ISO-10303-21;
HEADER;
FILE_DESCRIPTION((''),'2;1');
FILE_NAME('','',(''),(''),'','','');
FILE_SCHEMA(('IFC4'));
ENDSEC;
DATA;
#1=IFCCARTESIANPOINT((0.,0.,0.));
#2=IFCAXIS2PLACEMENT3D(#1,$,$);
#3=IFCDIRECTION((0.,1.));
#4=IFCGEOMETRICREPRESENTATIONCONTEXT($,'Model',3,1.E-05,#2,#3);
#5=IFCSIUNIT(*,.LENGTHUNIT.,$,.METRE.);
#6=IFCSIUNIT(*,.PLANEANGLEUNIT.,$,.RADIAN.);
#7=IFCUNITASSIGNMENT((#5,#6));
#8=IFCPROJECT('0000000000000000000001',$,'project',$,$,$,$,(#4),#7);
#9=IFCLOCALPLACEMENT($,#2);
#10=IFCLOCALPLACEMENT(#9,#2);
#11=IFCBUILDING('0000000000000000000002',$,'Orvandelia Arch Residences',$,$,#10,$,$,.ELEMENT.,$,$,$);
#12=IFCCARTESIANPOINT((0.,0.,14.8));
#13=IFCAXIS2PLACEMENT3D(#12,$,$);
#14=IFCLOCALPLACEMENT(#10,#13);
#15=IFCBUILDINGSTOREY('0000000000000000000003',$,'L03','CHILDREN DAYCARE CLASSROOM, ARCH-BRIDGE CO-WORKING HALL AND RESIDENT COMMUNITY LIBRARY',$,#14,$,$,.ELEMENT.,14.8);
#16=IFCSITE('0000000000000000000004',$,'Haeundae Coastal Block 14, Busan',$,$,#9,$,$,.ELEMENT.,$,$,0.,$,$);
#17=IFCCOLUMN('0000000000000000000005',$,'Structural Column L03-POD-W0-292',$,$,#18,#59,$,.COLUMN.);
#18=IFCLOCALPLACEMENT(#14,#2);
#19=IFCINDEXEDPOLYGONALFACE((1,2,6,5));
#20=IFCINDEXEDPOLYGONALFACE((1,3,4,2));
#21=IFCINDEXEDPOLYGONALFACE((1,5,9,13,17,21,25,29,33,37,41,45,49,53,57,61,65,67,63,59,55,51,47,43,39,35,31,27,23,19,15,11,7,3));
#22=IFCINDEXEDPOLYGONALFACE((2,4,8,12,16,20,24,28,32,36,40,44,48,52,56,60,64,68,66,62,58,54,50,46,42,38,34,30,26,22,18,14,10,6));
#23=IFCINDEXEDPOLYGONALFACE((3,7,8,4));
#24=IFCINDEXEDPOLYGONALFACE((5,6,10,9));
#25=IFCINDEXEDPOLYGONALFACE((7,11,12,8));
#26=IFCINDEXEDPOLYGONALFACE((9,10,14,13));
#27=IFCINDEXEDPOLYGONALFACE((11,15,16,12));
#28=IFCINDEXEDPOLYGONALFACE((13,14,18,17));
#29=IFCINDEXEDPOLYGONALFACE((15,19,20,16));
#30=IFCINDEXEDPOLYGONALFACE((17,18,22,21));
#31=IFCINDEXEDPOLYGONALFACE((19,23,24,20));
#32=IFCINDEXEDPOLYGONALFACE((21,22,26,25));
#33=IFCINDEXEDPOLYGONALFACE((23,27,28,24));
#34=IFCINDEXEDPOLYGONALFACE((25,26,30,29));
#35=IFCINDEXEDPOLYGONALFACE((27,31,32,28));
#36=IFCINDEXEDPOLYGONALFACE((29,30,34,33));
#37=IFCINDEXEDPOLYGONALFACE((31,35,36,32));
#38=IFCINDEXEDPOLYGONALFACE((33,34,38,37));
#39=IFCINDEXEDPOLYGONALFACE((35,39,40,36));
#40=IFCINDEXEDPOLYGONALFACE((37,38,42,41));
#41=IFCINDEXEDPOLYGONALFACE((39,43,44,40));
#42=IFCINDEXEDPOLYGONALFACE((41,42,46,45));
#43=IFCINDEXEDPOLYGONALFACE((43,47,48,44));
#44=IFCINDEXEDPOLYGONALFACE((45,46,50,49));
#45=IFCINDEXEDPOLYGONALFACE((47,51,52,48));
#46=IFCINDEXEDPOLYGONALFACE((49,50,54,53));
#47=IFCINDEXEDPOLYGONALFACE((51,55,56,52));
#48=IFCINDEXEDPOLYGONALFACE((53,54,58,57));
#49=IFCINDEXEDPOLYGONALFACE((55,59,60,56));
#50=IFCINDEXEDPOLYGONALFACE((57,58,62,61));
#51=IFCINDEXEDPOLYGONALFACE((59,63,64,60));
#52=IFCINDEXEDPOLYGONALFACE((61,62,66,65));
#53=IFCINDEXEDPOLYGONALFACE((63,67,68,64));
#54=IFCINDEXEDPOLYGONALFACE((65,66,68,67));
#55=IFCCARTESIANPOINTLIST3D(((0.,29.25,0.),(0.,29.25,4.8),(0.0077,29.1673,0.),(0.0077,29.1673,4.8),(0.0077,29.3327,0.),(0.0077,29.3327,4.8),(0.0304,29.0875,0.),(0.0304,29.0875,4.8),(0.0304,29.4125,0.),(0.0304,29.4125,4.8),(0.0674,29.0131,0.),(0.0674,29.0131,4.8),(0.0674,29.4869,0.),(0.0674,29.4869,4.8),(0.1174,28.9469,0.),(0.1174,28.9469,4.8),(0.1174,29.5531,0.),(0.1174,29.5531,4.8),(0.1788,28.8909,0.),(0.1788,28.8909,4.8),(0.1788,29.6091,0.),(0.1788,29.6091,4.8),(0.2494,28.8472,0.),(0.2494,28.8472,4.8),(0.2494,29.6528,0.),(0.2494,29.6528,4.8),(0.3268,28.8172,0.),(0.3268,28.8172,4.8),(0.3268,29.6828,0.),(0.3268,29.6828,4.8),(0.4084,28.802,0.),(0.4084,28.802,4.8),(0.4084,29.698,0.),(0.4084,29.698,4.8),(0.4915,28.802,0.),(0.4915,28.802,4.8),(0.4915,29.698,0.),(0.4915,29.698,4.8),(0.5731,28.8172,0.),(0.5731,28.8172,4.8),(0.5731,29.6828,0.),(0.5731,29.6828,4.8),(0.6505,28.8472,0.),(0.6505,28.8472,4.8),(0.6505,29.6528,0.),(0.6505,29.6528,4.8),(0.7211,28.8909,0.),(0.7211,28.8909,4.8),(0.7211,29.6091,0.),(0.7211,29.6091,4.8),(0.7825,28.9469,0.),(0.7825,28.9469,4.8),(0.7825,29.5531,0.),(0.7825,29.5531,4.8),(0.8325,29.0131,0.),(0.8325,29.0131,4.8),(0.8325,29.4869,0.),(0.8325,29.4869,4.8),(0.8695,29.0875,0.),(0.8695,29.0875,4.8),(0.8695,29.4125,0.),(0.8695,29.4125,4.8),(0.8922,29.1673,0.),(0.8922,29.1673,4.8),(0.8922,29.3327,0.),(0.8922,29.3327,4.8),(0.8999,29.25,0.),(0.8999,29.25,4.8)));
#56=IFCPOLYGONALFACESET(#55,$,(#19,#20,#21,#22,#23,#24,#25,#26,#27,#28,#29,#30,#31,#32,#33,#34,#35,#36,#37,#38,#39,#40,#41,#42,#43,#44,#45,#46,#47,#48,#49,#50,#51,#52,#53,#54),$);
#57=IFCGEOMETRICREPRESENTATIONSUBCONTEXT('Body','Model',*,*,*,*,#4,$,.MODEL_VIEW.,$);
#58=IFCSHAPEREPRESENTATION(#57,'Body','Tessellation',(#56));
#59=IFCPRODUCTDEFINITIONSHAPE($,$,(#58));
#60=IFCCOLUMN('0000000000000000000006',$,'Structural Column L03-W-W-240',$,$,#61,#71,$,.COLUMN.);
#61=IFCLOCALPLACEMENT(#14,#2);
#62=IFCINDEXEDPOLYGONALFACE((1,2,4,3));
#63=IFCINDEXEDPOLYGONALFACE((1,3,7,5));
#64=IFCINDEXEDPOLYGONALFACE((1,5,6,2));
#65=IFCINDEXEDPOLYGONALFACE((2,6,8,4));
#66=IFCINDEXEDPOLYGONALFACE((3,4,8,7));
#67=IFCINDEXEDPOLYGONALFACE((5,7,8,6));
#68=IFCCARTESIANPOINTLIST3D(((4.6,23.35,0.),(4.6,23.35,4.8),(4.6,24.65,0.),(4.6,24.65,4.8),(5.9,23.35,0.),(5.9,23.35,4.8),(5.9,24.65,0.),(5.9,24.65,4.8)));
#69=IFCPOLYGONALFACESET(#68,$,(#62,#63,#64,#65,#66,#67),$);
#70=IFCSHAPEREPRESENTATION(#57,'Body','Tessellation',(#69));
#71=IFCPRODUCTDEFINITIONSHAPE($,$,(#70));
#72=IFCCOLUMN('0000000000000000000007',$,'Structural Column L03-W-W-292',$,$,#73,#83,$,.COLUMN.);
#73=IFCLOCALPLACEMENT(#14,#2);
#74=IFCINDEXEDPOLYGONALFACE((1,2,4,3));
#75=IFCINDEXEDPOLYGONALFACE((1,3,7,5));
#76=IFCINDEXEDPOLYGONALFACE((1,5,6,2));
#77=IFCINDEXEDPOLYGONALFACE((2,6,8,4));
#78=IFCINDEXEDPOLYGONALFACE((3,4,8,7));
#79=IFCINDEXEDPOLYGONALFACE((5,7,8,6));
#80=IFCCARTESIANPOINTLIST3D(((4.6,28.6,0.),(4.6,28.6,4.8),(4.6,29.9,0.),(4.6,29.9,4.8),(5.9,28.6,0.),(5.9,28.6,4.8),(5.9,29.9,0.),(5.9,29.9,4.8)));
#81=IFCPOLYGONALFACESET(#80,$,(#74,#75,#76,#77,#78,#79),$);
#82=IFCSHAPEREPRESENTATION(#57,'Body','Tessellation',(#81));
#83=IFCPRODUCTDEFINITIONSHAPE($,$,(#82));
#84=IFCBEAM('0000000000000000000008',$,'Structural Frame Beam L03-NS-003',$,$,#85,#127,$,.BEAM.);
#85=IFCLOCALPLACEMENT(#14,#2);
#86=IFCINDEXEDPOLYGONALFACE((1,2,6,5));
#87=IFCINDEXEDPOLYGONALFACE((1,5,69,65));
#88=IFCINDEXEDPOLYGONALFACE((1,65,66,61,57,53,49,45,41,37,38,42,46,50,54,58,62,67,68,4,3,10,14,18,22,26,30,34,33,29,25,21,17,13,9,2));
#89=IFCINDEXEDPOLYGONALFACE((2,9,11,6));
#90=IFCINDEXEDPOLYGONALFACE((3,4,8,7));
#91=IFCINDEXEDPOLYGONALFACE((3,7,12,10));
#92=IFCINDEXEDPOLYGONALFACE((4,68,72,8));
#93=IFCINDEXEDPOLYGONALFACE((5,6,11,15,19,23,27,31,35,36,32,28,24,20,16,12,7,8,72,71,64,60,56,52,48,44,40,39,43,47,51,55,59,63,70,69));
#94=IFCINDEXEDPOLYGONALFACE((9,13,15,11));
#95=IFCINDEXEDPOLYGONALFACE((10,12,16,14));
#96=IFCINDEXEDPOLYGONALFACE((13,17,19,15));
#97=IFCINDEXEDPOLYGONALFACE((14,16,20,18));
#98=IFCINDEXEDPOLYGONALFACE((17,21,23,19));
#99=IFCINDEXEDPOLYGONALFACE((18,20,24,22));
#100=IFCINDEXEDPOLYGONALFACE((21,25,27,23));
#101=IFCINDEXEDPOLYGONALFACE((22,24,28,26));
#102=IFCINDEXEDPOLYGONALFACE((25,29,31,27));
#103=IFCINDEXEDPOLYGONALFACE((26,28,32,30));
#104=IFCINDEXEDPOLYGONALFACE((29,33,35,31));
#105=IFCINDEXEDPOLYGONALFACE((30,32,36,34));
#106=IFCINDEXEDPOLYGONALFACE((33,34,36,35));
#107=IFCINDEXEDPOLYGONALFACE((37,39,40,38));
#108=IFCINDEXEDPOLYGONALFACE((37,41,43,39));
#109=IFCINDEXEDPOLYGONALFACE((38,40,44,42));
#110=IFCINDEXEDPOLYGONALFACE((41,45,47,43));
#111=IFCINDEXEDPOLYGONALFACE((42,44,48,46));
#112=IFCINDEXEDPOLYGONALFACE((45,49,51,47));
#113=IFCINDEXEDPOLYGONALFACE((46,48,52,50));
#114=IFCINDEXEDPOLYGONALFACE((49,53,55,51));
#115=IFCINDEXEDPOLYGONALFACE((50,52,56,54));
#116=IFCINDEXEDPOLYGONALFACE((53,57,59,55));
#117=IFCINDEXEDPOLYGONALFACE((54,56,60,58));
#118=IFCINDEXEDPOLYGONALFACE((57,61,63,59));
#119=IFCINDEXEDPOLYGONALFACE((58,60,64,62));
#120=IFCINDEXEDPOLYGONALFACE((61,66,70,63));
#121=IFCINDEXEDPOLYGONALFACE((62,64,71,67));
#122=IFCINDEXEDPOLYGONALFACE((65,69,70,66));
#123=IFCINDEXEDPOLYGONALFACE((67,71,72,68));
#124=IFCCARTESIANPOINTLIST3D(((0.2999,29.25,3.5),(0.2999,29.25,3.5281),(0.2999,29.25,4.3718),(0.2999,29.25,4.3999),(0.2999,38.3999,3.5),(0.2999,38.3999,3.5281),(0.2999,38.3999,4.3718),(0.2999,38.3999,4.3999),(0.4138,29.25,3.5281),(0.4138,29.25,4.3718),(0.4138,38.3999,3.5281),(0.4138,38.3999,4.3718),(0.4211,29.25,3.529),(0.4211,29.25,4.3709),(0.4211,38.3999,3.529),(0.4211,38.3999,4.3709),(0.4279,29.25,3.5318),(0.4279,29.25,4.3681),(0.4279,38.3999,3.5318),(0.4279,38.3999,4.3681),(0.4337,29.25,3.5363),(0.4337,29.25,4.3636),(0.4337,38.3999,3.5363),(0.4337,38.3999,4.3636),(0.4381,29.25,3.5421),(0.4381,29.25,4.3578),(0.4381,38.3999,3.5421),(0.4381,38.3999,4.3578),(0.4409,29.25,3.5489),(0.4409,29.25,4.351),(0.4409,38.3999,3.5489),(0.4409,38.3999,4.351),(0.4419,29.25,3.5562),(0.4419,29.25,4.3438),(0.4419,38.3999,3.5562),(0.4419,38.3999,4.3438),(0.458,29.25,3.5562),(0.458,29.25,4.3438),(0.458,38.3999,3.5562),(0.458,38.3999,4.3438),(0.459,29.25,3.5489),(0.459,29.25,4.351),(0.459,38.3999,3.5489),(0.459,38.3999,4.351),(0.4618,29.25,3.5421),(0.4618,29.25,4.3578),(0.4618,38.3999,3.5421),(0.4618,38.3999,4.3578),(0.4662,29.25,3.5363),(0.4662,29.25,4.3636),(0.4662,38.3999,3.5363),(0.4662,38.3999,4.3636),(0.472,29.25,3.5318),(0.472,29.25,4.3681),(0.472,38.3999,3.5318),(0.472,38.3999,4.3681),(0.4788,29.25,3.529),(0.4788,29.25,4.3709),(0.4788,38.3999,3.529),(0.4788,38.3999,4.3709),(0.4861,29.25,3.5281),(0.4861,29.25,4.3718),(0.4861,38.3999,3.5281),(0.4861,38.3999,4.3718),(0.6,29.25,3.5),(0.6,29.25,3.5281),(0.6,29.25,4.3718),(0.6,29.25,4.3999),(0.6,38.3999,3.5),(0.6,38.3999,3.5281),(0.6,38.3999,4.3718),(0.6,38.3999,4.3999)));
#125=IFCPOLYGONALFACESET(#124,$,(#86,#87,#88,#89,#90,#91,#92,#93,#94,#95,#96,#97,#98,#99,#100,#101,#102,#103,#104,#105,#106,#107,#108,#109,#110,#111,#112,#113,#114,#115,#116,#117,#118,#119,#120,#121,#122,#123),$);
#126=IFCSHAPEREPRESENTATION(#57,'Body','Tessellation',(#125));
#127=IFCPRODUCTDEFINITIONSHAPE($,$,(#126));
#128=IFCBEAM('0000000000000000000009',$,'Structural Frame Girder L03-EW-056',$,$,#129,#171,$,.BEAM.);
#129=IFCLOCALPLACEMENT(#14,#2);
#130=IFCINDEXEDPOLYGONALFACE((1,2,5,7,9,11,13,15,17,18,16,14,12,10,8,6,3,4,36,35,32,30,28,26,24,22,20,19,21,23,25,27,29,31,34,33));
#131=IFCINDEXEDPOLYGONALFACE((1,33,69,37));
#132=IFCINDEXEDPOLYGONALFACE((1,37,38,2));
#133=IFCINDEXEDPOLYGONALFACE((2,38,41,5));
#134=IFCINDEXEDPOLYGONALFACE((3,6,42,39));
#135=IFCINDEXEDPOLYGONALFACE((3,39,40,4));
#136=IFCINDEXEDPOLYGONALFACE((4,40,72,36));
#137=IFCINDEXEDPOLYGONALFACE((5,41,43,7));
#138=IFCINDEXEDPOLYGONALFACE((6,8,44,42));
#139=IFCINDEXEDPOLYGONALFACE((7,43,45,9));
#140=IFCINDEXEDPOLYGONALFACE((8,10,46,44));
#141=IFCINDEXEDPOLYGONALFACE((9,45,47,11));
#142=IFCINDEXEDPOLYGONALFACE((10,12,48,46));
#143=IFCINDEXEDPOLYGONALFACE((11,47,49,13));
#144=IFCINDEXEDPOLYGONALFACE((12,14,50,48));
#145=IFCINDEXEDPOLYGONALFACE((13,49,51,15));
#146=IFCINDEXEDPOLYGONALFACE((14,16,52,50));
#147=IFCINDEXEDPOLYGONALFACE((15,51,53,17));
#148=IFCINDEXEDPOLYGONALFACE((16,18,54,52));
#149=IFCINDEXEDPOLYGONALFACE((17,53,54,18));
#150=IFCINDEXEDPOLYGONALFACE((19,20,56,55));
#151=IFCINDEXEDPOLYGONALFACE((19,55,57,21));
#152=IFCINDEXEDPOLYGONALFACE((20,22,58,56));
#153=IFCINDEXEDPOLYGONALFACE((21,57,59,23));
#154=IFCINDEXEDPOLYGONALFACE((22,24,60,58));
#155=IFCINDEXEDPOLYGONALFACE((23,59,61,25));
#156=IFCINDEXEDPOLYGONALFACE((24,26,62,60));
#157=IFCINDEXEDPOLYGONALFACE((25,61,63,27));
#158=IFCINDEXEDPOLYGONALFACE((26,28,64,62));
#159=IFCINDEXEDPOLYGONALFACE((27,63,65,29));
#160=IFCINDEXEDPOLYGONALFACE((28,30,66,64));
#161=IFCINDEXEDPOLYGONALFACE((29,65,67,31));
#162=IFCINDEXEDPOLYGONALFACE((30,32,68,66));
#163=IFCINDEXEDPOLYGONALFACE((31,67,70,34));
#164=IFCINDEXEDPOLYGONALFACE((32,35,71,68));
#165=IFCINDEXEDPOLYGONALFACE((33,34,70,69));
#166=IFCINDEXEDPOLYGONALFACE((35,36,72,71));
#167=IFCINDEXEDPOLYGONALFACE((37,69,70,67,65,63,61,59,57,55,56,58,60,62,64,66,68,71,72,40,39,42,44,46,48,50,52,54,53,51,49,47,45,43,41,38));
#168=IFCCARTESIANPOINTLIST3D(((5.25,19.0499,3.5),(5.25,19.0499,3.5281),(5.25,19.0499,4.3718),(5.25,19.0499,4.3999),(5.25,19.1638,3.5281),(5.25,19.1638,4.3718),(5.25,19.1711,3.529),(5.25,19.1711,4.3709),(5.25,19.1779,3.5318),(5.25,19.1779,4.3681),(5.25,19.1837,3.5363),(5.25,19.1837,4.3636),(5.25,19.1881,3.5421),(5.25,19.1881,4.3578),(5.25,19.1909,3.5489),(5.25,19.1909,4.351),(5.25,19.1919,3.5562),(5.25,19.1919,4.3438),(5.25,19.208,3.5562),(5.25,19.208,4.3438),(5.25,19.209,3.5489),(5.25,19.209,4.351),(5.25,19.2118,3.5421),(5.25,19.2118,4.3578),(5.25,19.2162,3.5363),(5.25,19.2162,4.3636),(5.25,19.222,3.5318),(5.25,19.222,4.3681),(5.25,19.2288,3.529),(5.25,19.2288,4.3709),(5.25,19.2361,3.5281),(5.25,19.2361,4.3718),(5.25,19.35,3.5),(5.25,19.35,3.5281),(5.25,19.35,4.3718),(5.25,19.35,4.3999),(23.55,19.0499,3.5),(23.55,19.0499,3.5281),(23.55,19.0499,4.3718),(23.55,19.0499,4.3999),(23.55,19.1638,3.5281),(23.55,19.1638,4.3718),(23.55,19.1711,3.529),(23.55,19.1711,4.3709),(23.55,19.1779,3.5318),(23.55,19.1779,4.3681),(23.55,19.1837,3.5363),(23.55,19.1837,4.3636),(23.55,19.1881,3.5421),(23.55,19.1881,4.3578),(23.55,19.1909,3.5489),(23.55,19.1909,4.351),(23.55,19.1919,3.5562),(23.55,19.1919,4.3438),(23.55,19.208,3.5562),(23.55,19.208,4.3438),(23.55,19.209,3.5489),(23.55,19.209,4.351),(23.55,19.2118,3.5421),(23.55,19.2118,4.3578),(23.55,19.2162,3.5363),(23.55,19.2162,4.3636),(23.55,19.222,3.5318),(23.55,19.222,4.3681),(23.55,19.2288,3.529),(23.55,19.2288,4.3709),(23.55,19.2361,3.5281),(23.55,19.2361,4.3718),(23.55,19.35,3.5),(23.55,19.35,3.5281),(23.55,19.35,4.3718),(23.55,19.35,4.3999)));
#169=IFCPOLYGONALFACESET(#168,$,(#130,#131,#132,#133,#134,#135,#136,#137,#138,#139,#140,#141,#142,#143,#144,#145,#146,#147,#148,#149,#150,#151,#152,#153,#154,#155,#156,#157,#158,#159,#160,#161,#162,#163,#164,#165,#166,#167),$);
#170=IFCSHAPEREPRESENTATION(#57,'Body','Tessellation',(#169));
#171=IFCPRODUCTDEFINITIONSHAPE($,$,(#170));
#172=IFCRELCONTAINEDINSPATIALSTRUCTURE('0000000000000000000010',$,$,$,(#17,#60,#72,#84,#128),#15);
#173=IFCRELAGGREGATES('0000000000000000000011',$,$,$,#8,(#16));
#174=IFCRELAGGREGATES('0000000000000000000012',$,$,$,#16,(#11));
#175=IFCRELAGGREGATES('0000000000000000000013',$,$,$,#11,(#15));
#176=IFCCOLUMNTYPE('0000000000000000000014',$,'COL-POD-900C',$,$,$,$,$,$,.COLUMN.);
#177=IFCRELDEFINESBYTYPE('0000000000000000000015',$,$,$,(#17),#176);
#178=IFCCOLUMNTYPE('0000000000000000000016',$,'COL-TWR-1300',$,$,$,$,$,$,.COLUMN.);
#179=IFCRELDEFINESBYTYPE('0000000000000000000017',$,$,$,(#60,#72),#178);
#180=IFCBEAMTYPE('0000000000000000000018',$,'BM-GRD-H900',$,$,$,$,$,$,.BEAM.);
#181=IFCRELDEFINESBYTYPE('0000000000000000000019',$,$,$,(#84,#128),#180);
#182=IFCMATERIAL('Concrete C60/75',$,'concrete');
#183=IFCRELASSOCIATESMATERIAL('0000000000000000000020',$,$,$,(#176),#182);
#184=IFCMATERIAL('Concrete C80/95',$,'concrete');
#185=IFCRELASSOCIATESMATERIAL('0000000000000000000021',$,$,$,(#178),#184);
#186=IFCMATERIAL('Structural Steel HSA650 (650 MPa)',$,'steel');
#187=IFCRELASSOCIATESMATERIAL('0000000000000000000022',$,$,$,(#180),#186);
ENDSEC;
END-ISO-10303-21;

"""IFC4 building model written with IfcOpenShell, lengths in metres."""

from ifc_helpers import new_model, si_unit, direction, frame, origin, origin_2d, place, context, subcontext, project, spatial, rectangle, circle, i_section, extrude, material, material_profile, profile_set, type_object, element, save


model = new_model("IFC4")

# Units and contexts
model_context = context("Model", 3, precision=1e-05, world=origin(), true_north=direction((0.0, 1.0)))
body_context = subcontext(model_context, "Body", "Model", "MODEL_VIEW")
ifc_project = project(units=[si_unit("LENGTHUNIT", "METRE"), si_unit("PLANEANGLEUNIT", "RADIAN")], contexts=[model_context])

# Site, building, storey
site_placement = place(None, origin())
site = spatial("IfcSite", under=ifc_project, at=site_placement, Name="Haeundae Coastal Block 14, Busan", CompositionType="ELEMENT", RefElevation=0.0)
building_placement = place(site_placement, origin())
building = spatial("IfcBuilding", under=site, at=building_placement, Name="Orvandelia Arch Residences", CompositionType="ELEMENT")
storey_placement = place(building_placement, frame((0.0, 0.0, 14.8)))
storey = spatial("IfcBuildingStorey", under=building, at=storey_placement, Name="L03", Description="CHILDREN DAYCARE CLASSROOM, ARCH-BRIDGE CO-WORKING HALL AND RESIDENT COMMUNITY LIBRARY", CompositionType="ELEMENT", Elevation=14.8)

# Columns
ifc_material_1 = material(Name="Concrete C60/75", Category="concrete")
ifc_material_profile_1 = material_profile(ifc_material_1, circle(Radius=0.45, at=origin_2d()), Name="Concrete C60/75", Category="concrete")
ifc_profile_set_1 = profile_set([ifc_material_profile_1], Name="Concrete C60/75")
column_type_1 = type_object("IfcColumnType", Name="COL-POD-900C", PredefinedType="COLUMN", material=ifc_profile_set_1)
column_placement = place(storey_placement, frame((0.45, 29.25, 0.0), z_axis=(0.0, 0.0, 1.0), x_axis=(1.0, 0.0, 0.0)))
element("IfcColumn", 1, at=column_placement, inside=storey, type_object=column_type_1, Name="Structural Column L03-POD-W0-292", PredefinedType="COLUMN", context=body_context, shape_type="SweptSolid", body=[
    extrude(circle(Radius=0.45, at=origin_2d()), origin(), (0.0, 0.0, 1.0), 4.8),
])
ifc_material_2 = material(Name="Concrete C80/95", Category="concrete")
ifc_material_profile_2 = material_profile(ifc_material_2, rectangle(XDim=1.3, YDim=1.3, at=origin_2d()), Name="Concrete C80/95", Category="concrete")
ifc_profile_set_2 = profile_set([ifc_material_profile_2], Name="Concrete C80/95")
column_type_2 = type_object("IfcColumnType", Name="COL-TWR-1300", PredefinedType="COLUMN", material=ifc_profile_set_2)
for number, where, z_axis, x_axis, name in (
    (2, (5.25, 24.0, 0.0), (0.0, 0.0, 1.0), (1.0, 0.0, 0.0), "Structural Column L03-W-W-240"),
    (3, (5.25, 29.25, 0.0), (0.0, 0.0, 1.0), (1.0, 0.0, 0.0), "Structural Column L03-W-W-292"),
):
    element("IfcColumn", number, at=place(storey_placement, frame(where, z_axis=z_axis, x_axis=x_axis)), inside=storey, type_object=column_type_2, Name=name, PredefinedType="COLUMN", context=body_context, shape_type="SweptSolid", body=[
        extrude(rectangle(XDim=1.3, YDim=1.3, at=origin_2d()), origin(), (0.0, 0.0, 1.0), 4.8),
    ])

# Beams
ifc_material_3 = material(Name="Structural Steel HSA650 (650 MPa)", Category="steel")
ifc_material_profile_3 = material_profile(ifc_material_3, i_section(OverallWidth=0.3, OverallDepth=0.8999, WebThickness=0.0161, FlangeThickness=0.0281, FilletRadius=0.0281, at=origin_2d()), Name="Structural Steel HSA650 (650 MPa)", Category="steel")
ifc_profile_set_3 = profile_set([ifc_material_profile_3], Name="Structural Steel HSA650 (650 MPa)")
beam_type_1 = type_object("IfcBeamType", Name="BM-GRD-H900", PredefinedType="BEAM", material=ifc_profile_set_3)
beam_1_placement = place(storey_placement, frame((0.45, 29.25, 3.95), z_axis=(0.0, 1.0, 0.0), x_axis=(-1.0, 0.0, 0.0)))
element("IfcBeam", 4, at=beam_1_placement, inside=storey, type_object=beam_type_1, Name="Structural Frame Beam L03-NS-003", PredefinedType="BEAM", context=body_context, shape_type="SweptSolid", body=[
    extrude(i_section(OverallWidth=0.3, OverallDepth=0.8999, WebThickness=0.0161, FlangeThickness=0.0281, FilletRadius=0.0281, at=origin_2d()), origin(), (0.0, 0.0, 1.0), 9.1499),
])
for number, where, z_axis, x_axis, name in (
    (5, (5.25, 19.2, 3.95), (1.0, 0.0, 0.0), (0.0, 1.0, 0.0), "Structural Frame Girder L03-EW-056"),
):
    element("IfcBeam", number, at=place(storey_placement, frame(where, z_axis=z_axis, x_axis=x_axis)), inside=storey, type_object=beam_type_1, Name=name, PredefinedType="BEAM", context=body_context, shape_type="SweptSolid", body=[
        extrude(i_section(OverallWidth=0.3, OverallDepth=0.8999, WebThickness=0.0161, FlangeThickness=0.0281, FilletRadius=0.0281, at=origin_2d()), origin(), (0.0, 0.0, 1.0), 18.3),
    ])

save(model, "model.ifc")
